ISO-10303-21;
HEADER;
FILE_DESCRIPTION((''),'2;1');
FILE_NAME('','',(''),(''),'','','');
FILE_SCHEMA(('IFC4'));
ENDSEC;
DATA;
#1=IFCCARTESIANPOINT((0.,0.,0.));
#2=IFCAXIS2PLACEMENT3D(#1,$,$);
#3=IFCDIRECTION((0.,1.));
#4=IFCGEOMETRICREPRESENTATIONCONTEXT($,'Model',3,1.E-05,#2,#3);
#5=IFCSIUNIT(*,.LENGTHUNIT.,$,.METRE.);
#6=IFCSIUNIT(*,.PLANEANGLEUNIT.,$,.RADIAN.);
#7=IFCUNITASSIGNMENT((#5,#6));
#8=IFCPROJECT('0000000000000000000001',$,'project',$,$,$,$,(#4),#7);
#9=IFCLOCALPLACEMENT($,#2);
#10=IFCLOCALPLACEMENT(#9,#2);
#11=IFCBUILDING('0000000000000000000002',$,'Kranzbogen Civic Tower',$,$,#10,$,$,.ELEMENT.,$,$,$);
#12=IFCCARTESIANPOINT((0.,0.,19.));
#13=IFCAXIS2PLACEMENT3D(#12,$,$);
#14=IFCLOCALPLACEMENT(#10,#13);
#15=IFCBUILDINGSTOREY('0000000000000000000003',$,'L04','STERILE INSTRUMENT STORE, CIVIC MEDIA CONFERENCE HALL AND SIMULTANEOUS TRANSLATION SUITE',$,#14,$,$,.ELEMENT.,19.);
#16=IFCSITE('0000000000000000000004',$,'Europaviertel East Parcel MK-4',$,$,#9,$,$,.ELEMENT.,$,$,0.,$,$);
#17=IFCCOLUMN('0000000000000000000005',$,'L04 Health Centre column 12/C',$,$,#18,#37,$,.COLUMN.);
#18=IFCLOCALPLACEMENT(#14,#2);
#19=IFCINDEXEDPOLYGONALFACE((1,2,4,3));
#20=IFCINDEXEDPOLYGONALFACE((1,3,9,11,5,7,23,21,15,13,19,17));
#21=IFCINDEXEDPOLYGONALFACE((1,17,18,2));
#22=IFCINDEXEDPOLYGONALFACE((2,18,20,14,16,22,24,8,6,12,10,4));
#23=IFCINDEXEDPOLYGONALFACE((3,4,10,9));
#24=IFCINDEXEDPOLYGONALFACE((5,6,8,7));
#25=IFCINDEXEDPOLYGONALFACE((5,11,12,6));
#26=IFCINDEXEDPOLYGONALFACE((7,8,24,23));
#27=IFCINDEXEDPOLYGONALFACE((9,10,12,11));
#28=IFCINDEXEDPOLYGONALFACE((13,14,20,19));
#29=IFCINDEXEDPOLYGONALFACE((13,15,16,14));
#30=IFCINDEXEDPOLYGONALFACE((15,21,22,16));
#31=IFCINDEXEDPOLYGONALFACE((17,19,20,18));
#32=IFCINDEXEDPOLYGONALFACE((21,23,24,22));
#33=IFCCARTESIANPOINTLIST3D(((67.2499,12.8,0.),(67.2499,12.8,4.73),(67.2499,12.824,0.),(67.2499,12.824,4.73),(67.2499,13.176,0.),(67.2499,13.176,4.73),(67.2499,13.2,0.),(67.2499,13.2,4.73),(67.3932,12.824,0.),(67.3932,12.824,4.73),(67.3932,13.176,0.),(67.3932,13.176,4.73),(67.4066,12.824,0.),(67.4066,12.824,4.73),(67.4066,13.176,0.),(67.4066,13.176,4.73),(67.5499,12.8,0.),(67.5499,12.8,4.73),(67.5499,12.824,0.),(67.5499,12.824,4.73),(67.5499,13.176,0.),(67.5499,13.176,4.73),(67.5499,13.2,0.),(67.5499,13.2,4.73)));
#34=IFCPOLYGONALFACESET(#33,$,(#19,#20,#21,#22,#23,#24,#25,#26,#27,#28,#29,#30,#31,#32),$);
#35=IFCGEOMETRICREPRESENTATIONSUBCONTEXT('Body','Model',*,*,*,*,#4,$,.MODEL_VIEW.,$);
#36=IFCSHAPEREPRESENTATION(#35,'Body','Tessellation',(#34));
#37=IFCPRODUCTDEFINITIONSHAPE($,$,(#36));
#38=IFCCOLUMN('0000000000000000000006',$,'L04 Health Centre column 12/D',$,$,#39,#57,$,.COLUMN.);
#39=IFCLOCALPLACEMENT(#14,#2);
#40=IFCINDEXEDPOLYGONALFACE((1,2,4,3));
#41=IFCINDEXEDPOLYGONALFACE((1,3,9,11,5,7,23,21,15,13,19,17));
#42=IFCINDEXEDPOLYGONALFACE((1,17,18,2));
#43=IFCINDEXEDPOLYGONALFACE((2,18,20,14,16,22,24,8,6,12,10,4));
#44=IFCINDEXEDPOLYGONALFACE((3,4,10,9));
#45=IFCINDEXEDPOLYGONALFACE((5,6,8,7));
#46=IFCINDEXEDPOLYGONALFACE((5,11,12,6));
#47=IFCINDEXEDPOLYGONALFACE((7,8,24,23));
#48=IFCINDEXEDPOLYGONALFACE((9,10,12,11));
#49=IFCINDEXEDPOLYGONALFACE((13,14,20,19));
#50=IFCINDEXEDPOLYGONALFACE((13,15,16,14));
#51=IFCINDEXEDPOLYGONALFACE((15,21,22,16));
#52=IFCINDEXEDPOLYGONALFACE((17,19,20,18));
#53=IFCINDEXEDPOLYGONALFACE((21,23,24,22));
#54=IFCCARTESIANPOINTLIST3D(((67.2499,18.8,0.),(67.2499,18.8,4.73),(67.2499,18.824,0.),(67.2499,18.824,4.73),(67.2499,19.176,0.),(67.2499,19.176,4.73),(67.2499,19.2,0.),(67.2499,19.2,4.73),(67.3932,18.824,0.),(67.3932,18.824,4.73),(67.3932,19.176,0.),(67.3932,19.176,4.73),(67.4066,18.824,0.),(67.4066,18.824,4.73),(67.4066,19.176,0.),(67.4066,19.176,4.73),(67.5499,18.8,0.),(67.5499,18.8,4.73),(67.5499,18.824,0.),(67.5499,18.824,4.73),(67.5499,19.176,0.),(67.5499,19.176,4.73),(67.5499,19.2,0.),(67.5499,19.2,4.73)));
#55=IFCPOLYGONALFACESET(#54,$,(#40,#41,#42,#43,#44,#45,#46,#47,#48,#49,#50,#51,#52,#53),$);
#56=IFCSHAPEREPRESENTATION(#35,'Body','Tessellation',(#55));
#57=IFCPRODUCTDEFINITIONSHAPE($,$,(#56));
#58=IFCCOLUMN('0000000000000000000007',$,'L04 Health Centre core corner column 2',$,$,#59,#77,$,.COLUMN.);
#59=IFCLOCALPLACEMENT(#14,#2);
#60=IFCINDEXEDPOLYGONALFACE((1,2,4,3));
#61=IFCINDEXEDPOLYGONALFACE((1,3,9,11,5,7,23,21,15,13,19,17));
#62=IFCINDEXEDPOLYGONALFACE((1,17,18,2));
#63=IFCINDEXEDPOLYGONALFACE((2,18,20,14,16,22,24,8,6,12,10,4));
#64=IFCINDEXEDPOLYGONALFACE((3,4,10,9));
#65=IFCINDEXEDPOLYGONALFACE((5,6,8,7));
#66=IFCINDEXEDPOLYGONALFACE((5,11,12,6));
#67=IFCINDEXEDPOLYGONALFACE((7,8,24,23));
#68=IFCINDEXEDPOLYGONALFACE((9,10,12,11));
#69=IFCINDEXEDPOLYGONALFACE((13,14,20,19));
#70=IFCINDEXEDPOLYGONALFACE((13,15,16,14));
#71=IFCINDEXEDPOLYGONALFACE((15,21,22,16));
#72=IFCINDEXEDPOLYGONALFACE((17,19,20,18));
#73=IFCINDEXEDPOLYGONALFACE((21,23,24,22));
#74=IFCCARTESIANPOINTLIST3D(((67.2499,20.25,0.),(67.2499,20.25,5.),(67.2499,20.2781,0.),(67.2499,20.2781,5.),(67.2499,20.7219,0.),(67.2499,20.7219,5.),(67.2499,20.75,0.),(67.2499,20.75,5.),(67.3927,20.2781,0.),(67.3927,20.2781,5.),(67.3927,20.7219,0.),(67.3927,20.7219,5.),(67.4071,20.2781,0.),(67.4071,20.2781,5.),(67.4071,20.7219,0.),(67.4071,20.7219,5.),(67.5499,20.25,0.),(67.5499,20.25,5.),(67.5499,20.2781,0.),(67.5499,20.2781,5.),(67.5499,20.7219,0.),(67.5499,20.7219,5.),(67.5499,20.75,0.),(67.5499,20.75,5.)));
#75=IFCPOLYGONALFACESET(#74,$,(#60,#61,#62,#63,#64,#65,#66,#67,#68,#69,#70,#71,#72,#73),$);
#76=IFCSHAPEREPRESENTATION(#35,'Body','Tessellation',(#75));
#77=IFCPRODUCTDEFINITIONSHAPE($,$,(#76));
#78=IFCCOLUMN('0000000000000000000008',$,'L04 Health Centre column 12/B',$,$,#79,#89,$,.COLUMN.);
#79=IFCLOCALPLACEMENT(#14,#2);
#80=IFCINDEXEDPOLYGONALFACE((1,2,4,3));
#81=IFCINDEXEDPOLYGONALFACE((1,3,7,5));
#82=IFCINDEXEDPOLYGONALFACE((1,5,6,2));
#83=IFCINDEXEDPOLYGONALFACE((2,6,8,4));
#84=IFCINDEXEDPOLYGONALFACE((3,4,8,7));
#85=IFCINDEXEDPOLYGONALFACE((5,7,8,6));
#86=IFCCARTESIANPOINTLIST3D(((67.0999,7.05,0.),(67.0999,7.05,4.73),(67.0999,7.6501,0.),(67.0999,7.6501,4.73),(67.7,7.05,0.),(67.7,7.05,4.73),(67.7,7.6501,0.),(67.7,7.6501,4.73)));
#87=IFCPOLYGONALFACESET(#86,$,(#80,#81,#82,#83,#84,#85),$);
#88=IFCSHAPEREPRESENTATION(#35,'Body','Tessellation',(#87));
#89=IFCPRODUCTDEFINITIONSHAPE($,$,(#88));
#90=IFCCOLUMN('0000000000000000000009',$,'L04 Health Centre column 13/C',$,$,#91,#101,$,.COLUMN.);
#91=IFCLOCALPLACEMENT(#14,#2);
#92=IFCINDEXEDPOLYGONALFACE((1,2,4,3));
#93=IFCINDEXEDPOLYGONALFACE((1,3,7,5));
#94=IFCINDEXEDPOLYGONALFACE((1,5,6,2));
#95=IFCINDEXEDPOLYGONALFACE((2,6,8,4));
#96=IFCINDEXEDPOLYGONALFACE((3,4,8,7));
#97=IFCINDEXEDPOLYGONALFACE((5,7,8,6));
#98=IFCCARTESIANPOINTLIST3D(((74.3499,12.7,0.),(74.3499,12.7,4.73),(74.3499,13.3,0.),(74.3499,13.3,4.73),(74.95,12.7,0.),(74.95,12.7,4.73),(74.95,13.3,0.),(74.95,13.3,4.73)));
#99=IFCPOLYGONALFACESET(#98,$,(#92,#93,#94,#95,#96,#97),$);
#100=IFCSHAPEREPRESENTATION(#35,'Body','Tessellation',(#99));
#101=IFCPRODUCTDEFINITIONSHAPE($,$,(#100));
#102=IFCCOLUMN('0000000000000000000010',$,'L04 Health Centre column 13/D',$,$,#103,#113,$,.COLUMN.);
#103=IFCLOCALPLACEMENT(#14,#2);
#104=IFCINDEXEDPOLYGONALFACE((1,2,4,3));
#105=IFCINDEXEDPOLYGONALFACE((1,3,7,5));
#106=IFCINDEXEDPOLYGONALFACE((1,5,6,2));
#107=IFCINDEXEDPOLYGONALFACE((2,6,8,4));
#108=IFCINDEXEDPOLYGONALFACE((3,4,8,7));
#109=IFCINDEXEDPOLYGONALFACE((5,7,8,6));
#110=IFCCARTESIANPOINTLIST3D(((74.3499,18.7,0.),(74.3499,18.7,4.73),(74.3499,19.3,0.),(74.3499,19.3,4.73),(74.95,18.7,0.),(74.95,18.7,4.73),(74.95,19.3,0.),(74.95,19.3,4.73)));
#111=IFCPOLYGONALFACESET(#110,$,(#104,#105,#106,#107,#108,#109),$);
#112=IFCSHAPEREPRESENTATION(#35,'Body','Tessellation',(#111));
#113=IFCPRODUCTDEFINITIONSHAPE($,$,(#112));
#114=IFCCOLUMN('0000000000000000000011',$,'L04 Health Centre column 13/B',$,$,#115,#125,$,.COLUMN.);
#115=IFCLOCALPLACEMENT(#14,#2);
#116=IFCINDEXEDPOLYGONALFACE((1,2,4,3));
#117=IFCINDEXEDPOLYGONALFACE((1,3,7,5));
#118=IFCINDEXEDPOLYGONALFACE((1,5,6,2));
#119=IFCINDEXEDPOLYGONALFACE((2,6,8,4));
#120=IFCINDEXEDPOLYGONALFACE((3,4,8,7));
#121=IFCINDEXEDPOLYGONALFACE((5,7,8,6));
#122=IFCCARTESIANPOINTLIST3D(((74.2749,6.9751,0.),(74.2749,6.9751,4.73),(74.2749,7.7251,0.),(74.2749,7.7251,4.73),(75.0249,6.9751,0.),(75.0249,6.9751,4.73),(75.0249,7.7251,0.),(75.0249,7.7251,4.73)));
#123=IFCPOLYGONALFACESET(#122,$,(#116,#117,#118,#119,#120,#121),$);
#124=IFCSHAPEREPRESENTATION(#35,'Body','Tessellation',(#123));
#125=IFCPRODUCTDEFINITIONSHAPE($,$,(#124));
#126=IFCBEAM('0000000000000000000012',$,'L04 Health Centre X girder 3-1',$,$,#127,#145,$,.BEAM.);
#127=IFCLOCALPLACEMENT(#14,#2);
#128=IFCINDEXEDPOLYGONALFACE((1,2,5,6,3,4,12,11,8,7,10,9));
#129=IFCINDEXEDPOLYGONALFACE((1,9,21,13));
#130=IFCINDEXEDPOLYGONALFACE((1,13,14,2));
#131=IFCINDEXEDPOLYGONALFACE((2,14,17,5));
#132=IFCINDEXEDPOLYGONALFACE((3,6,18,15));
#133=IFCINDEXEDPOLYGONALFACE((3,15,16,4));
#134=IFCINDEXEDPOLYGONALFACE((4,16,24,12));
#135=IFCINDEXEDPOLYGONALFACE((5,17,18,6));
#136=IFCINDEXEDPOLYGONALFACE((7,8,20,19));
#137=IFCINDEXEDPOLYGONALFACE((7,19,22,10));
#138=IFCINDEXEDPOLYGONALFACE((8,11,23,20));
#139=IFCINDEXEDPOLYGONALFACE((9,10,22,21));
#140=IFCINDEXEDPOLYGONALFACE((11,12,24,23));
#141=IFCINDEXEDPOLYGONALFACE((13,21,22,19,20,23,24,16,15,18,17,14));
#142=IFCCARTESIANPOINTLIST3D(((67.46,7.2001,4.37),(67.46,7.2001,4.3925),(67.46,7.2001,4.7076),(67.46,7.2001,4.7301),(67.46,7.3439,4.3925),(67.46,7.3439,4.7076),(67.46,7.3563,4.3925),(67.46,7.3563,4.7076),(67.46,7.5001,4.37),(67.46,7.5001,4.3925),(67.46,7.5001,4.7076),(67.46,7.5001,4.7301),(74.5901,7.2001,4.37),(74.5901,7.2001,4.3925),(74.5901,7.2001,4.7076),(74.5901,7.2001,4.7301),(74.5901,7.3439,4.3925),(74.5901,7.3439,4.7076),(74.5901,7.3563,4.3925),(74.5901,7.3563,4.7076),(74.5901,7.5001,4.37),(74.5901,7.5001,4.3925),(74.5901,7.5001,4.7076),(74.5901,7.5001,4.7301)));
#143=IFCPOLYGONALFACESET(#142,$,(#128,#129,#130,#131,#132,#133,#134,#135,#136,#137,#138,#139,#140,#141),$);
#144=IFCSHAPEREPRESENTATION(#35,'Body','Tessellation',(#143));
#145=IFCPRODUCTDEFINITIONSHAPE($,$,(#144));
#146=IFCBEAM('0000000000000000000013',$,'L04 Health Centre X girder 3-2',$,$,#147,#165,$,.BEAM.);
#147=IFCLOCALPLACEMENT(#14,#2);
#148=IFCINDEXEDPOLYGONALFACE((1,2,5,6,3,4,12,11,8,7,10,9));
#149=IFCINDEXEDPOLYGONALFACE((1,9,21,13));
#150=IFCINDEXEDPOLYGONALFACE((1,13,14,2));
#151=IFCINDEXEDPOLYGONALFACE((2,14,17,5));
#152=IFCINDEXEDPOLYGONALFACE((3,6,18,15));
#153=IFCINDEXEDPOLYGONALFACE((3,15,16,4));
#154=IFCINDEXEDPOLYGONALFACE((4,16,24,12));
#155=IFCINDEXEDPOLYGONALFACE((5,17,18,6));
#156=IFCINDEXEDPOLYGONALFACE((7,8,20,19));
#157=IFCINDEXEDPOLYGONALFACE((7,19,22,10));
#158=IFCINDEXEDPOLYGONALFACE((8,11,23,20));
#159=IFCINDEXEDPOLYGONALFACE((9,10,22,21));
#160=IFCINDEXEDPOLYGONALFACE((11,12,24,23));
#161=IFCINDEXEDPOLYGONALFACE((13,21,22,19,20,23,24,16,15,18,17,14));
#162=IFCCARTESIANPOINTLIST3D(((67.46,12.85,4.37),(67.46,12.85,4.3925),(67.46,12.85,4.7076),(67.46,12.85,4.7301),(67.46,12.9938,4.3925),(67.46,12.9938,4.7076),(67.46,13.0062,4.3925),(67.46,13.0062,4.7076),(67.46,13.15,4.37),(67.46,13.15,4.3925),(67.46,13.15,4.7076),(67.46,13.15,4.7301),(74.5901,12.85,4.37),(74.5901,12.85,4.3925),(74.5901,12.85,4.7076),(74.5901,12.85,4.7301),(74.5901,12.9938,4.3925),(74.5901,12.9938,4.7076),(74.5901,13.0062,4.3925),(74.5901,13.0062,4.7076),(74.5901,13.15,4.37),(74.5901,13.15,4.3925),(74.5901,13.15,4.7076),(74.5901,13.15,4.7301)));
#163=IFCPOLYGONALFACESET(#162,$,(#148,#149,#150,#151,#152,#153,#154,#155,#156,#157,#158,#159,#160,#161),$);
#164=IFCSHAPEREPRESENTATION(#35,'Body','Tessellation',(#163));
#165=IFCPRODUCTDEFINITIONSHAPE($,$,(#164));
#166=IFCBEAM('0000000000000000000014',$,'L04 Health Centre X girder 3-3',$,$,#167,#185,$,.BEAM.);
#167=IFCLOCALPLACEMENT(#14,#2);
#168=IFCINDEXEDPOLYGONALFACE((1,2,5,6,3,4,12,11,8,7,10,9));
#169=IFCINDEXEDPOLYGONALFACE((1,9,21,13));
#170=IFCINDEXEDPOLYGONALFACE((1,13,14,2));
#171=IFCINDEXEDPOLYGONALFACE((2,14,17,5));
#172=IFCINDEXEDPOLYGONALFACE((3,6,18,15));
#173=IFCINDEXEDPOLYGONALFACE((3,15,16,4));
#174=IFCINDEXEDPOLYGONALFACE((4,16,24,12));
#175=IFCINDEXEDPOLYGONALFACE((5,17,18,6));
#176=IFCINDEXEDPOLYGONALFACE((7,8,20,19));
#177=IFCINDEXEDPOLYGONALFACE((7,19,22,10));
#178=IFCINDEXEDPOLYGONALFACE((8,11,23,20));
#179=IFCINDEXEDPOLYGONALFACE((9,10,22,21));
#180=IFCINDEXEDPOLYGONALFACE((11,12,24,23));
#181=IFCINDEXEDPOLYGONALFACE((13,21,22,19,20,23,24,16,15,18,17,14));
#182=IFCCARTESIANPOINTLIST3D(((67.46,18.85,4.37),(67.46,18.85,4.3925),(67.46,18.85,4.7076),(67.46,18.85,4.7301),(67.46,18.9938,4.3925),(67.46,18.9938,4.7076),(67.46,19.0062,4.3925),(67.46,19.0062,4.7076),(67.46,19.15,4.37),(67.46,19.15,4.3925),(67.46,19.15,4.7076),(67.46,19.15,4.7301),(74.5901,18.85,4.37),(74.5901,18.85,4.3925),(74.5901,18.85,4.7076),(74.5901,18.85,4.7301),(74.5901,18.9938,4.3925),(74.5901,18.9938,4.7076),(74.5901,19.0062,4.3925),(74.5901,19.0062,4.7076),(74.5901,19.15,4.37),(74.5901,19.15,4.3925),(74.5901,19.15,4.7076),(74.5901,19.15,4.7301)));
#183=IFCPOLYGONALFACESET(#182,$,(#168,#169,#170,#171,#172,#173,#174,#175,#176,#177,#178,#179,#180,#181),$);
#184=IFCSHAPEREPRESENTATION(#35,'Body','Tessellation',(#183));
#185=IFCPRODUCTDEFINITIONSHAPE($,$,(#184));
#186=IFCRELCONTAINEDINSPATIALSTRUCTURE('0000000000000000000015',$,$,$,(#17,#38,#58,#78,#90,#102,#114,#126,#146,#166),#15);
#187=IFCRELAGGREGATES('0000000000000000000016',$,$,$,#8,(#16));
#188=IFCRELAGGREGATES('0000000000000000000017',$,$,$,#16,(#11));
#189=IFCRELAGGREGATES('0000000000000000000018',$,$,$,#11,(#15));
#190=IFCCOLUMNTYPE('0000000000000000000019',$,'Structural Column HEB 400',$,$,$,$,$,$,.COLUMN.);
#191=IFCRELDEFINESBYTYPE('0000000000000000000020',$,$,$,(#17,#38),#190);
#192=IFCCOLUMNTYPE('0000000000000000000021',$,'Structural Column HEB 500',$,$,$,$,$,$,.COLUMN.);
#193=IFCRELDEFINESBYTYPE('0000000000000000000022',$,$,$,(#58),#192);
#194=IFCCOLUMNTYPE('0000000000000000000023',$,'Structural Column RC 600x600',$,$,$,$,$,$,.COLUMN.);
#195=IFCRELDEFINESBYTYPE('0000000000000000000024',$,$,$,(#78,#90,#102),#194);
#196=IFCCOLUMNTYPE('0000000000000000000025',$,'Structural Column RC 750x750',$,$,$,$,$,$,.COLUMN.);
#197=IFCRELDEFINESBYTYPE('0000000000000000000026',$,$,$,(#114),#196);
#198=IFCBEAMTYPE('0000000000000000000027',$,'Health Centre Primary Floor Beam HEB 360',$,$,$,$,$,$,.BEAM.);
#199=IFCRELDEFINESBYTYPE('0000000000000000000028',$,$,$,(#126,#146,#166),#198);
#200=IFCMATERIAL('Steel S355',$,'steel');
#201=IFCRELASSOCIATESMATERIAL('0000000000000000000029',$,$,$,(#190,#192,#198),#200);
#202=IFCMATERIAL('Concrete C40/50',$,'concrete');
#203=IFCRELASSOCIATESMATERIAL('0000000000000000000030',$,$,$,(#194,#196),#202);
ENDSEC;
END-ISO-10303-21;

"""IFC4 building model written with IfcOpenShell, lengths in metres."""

from ifc_helpers import new_model, si_unit, direction, frame, origin, origin_2d, place, context, subcontext, project, spatial, rectangle, i_section, extrude, material, material_profile, profile_set, type_object, element, save


model = new_model("IFC4")

# Units and contexts
model_context = context("Model", 3, precision=1e-05, world=origin(), true_north=direction((0.0, 1.0)))
body_context = subcontext(model_context, "Body", "Model", "MODEL_VIEW")
ifc_project = project(units=[si_unit("LENGTHUNIT", "METRE"), si_unit("PLANEANGLEUNIT", "RADIAN")], contexts=[model_context])

# Site, building, storey
site_placement = place(None, origin())
site = spatial("IfcSite", under=ifc_project, at=site_placement, Name="Europaviertel East Parcel MK-4", CompositionType="ELEMENT", RefElevation=0.0)
building_placement = place(site_placement, origin())
building = spatial("IfcBuilding", under=site, at=building_placement, Name="Kranzbogen Civic Tower", CompositionType="ELEMENT")
storey_placement = place(building_placement, frame((0.0, 0.0, 19.0)))
storey = spatial("IfcBuildingStorey", under=building, at=storey_placement, Name="L04", Description="STERILE INSTRUMENT STORE, CIVIC MEDIA CONFERENCE HALL AND SIMULTANEOUS TRANSLATION SUITE", CompositionType="ELEMENT", Elevation=19.0)

# Columns
ifc_material_1 = material(Name="Steel S355", Category="steel")
ifc_material_profile_1 = material_profile(ifc_material_1, i_section(OverallWidth=0.3, OverallDepth=0.3999, WebThickness=0.0134, FlangeThickness=0.0239, at=origin_2d()), Name="HEB 400")
ifc_profile_set_1 = profile_set([ifc_material_profile_1], Name="Steel S355")
column_type_1 = type_object("IfcColumnType", Name="Structural Column HEB 400", PredefinedType="COLUMN", material=ifc_profile_set_1)
for number, where, z_axis, x_axis, name in (
    (1, (67.3999, 13.0, 0.0), (0.0, 0.0, 1.0), (1.0, 0.0, 0.0), "L04 Health Centre column 12/C"),
    (2, (67.3999, 19.0, 0.0), (0.0, 0.0, 1.0), (1.0, 0.0, 0.0), "L04 Health Centre column 12/D"),
):
    element("IfcColumn", number, at=place(storey_placement, frame(where, z_axis=z_axis, x_axis=x_axis)), inside=storey, type_object=column_type_1, Name=name, PredefinedType="COLUMN", context=body_context, shape_type="SweptSolid", body=[
        extrude(i_section(OverallWidth=0.3, OverallDepth=0.3999, WebThickness=0.0134, FlangeThickness=0.0239, at=origin_2d()), origin(), (0.0, 0.0, 1.0), 4.73),
    ])
ifc_material_profile_2 = material_profile(ifc_material_1, i_section(OverallWidth=0.3, OverallDepth=0.5, WebThickness=0.0144, FlangeThickness=0.0281, at=origin_2d()), Name="HEB 500")
ifc_profile_set_2 = profile_set([ifc_material_profile_2], Name="Steel S355")
column_type_2 = type_object("IfcColumnType", Name="Structural Column HEB 500", PredefinedType="COLUMN", material=ifc_profile_set_2)
column_1_placement = place(storey_placement, frame((67.3999, 20.5, 0.0), z_axis=(0.0, 0.0, 1.0), x_axis=(1.0, 0.0, 0.0)))
element("IfcColumn", 3, at=column_1_placement, inside=storey, type_object=column_type_2, Name="L04 Health Centre core corner column 2", PredefinedType="COLUMN", context=body_context, shape_type="SweptSolid", body=[
    extrude(i_section(OverallWidth=0.3, OverallDepth=0.5, WebThickness=0.0144, FlangeThickness=0.0281, at=origin_2d()), origin(), (0.0, 0.0, 1.0), 5.0),
])
ifc_material_2 = material(Name="Concrete C40/50", Category="concrete")
ifc_material_profile_3 = material_profile(ifc_material_2, rectangle(XDim=0.6001, YDim=0.6001, at=origin_2d()), Name="RC 600x600")
ifc_profile_set_3 = profile_set([ifc_material_profile_3], Name="Concrete C40/50")
column_type_3 = type_object("IfcColumnType", Name="Structural Column RC 600x600", PredefinedType="COLUMN", material=ifc_profile_set_3)
for number, where, z_axis, x_axis, name in (
    (4, (67.3999, 7.3501, 0.0), (0.0, 0.0, 1.0), (1.0, 0.0, 0.0), "L04 Health Centre column 12/B"),
    (5, (74.6499, 13.0, 0.0), (0.0, 0.0, 1.0), (1.0, 0.0, 0.0), "L04 Health Centre column 13/C"),
    (6, (74.6499, 19.0, 0.0), (0.0, 0.0, 1.0), (1.0, 0.0, 0.0), "L04 Health Centre column 13/D"),
):
    element("IfcColumn", number, at=place(storey_placement, frame(where, z_axis=z_axis, x_axis=x_axis)), inside=storey, type_object=column_type_3, Name=name, PredefinedType="COLUMN", context=body_context, shape_type="SweptSolid", body=[
        extrude(rectangle(XDim=0.6001, YDim=0.6001, at=origin_2d()), origin(), (0.0, 0.0, 1.0), 4.73),
    ])
ifc_material_profile_4 = material_profile(ifc_material_2, rectangle(XDim=0.75, YDim=0.75, at=origin_2d()), Name="RC 750x750")
ifc_profile_set_4 = profile_set([ifc_material_profile_4], Name="Concrete C40/50")
column_type_4 = type_object("IfcColumnType", Name="Structural Column RC 750x750", PredefinedType="COLUMN", material=ifc_profile_set_4)
column_2_placement = place(storey_placement, frame((74.6499, 7.3501, 0.0), z_axis=(0.0, 0.0, 1.0), x_axis=(1.0, 0.0, 0.0)))
element("IfcColumn", 7, at=column_2_placement, inside=storey, type_object=column_type_4, Name="L04 Health Centre column 13/B", PredefinedType="COLUMN", context=body_context, shape_type="SweptSolid", body=[
    extrude(rectangle(XDim=0.75, YDim=0.75, at=origin_2d()), origin(), (0.0, 0.0, 1.0), 4.73),
])

# Beams
ifc_material_profile_5 = material_profile(ifc_material_1, i_section(OverallWidth=0.3, OverallDepth=0.3601, WebThickness=0.0125, FlangeThickness=0.0225, at=origin_2d()), Name="HEB 360")
ifc_profile_set_5 = profile_set([ifc_material_profile_5], Name="Steel S355")
beam_type_1 = type_object("IfcBeamType", Name="Health Centre Primary Floor Beam HEB 360", PredefinedType="BEAM", material=ifc_profile_set_5)
for number, where, z_axis, x_axis, name in (
    (8, (67.46, 7.3501, 4.55), (1.0, 0.0, 0.0), (0.0, 1.0, 0.0), "L04 Health Centre X girder 3-1"),
    (9, (67.46, 13.0, 4.55), (1.0, 0.0, 0.0), (0.0, 1.0, 0.0), "L04 Health Centre X girder 3-2"),
    (10, (67.46, 19.0, 4.55), (1.0, 0.0, 0.0), (0.0, 1.0, 0.0), "L04 Health Centre X girder 3-3"),
):
    element("IfcBeam", number, at=place(storey_placement, frame(where, z_axis=z_axis, x_axis=x_axis)), inside=storey, type_object=beam_type_1, Name=name, PredefinedType="BEAM", context=body_context, shape_type="SweptSolid", body=[
        extrude(i_section(OverallWidth=0.3, OverallDepth=0.3601, WebThickness=0.0125, FlangeThickness=0.0225, at=origin_2d()), origin(), (0.0, 0.0, 1.0), 7.1301),
    ])

save(model, "model.ifc")
